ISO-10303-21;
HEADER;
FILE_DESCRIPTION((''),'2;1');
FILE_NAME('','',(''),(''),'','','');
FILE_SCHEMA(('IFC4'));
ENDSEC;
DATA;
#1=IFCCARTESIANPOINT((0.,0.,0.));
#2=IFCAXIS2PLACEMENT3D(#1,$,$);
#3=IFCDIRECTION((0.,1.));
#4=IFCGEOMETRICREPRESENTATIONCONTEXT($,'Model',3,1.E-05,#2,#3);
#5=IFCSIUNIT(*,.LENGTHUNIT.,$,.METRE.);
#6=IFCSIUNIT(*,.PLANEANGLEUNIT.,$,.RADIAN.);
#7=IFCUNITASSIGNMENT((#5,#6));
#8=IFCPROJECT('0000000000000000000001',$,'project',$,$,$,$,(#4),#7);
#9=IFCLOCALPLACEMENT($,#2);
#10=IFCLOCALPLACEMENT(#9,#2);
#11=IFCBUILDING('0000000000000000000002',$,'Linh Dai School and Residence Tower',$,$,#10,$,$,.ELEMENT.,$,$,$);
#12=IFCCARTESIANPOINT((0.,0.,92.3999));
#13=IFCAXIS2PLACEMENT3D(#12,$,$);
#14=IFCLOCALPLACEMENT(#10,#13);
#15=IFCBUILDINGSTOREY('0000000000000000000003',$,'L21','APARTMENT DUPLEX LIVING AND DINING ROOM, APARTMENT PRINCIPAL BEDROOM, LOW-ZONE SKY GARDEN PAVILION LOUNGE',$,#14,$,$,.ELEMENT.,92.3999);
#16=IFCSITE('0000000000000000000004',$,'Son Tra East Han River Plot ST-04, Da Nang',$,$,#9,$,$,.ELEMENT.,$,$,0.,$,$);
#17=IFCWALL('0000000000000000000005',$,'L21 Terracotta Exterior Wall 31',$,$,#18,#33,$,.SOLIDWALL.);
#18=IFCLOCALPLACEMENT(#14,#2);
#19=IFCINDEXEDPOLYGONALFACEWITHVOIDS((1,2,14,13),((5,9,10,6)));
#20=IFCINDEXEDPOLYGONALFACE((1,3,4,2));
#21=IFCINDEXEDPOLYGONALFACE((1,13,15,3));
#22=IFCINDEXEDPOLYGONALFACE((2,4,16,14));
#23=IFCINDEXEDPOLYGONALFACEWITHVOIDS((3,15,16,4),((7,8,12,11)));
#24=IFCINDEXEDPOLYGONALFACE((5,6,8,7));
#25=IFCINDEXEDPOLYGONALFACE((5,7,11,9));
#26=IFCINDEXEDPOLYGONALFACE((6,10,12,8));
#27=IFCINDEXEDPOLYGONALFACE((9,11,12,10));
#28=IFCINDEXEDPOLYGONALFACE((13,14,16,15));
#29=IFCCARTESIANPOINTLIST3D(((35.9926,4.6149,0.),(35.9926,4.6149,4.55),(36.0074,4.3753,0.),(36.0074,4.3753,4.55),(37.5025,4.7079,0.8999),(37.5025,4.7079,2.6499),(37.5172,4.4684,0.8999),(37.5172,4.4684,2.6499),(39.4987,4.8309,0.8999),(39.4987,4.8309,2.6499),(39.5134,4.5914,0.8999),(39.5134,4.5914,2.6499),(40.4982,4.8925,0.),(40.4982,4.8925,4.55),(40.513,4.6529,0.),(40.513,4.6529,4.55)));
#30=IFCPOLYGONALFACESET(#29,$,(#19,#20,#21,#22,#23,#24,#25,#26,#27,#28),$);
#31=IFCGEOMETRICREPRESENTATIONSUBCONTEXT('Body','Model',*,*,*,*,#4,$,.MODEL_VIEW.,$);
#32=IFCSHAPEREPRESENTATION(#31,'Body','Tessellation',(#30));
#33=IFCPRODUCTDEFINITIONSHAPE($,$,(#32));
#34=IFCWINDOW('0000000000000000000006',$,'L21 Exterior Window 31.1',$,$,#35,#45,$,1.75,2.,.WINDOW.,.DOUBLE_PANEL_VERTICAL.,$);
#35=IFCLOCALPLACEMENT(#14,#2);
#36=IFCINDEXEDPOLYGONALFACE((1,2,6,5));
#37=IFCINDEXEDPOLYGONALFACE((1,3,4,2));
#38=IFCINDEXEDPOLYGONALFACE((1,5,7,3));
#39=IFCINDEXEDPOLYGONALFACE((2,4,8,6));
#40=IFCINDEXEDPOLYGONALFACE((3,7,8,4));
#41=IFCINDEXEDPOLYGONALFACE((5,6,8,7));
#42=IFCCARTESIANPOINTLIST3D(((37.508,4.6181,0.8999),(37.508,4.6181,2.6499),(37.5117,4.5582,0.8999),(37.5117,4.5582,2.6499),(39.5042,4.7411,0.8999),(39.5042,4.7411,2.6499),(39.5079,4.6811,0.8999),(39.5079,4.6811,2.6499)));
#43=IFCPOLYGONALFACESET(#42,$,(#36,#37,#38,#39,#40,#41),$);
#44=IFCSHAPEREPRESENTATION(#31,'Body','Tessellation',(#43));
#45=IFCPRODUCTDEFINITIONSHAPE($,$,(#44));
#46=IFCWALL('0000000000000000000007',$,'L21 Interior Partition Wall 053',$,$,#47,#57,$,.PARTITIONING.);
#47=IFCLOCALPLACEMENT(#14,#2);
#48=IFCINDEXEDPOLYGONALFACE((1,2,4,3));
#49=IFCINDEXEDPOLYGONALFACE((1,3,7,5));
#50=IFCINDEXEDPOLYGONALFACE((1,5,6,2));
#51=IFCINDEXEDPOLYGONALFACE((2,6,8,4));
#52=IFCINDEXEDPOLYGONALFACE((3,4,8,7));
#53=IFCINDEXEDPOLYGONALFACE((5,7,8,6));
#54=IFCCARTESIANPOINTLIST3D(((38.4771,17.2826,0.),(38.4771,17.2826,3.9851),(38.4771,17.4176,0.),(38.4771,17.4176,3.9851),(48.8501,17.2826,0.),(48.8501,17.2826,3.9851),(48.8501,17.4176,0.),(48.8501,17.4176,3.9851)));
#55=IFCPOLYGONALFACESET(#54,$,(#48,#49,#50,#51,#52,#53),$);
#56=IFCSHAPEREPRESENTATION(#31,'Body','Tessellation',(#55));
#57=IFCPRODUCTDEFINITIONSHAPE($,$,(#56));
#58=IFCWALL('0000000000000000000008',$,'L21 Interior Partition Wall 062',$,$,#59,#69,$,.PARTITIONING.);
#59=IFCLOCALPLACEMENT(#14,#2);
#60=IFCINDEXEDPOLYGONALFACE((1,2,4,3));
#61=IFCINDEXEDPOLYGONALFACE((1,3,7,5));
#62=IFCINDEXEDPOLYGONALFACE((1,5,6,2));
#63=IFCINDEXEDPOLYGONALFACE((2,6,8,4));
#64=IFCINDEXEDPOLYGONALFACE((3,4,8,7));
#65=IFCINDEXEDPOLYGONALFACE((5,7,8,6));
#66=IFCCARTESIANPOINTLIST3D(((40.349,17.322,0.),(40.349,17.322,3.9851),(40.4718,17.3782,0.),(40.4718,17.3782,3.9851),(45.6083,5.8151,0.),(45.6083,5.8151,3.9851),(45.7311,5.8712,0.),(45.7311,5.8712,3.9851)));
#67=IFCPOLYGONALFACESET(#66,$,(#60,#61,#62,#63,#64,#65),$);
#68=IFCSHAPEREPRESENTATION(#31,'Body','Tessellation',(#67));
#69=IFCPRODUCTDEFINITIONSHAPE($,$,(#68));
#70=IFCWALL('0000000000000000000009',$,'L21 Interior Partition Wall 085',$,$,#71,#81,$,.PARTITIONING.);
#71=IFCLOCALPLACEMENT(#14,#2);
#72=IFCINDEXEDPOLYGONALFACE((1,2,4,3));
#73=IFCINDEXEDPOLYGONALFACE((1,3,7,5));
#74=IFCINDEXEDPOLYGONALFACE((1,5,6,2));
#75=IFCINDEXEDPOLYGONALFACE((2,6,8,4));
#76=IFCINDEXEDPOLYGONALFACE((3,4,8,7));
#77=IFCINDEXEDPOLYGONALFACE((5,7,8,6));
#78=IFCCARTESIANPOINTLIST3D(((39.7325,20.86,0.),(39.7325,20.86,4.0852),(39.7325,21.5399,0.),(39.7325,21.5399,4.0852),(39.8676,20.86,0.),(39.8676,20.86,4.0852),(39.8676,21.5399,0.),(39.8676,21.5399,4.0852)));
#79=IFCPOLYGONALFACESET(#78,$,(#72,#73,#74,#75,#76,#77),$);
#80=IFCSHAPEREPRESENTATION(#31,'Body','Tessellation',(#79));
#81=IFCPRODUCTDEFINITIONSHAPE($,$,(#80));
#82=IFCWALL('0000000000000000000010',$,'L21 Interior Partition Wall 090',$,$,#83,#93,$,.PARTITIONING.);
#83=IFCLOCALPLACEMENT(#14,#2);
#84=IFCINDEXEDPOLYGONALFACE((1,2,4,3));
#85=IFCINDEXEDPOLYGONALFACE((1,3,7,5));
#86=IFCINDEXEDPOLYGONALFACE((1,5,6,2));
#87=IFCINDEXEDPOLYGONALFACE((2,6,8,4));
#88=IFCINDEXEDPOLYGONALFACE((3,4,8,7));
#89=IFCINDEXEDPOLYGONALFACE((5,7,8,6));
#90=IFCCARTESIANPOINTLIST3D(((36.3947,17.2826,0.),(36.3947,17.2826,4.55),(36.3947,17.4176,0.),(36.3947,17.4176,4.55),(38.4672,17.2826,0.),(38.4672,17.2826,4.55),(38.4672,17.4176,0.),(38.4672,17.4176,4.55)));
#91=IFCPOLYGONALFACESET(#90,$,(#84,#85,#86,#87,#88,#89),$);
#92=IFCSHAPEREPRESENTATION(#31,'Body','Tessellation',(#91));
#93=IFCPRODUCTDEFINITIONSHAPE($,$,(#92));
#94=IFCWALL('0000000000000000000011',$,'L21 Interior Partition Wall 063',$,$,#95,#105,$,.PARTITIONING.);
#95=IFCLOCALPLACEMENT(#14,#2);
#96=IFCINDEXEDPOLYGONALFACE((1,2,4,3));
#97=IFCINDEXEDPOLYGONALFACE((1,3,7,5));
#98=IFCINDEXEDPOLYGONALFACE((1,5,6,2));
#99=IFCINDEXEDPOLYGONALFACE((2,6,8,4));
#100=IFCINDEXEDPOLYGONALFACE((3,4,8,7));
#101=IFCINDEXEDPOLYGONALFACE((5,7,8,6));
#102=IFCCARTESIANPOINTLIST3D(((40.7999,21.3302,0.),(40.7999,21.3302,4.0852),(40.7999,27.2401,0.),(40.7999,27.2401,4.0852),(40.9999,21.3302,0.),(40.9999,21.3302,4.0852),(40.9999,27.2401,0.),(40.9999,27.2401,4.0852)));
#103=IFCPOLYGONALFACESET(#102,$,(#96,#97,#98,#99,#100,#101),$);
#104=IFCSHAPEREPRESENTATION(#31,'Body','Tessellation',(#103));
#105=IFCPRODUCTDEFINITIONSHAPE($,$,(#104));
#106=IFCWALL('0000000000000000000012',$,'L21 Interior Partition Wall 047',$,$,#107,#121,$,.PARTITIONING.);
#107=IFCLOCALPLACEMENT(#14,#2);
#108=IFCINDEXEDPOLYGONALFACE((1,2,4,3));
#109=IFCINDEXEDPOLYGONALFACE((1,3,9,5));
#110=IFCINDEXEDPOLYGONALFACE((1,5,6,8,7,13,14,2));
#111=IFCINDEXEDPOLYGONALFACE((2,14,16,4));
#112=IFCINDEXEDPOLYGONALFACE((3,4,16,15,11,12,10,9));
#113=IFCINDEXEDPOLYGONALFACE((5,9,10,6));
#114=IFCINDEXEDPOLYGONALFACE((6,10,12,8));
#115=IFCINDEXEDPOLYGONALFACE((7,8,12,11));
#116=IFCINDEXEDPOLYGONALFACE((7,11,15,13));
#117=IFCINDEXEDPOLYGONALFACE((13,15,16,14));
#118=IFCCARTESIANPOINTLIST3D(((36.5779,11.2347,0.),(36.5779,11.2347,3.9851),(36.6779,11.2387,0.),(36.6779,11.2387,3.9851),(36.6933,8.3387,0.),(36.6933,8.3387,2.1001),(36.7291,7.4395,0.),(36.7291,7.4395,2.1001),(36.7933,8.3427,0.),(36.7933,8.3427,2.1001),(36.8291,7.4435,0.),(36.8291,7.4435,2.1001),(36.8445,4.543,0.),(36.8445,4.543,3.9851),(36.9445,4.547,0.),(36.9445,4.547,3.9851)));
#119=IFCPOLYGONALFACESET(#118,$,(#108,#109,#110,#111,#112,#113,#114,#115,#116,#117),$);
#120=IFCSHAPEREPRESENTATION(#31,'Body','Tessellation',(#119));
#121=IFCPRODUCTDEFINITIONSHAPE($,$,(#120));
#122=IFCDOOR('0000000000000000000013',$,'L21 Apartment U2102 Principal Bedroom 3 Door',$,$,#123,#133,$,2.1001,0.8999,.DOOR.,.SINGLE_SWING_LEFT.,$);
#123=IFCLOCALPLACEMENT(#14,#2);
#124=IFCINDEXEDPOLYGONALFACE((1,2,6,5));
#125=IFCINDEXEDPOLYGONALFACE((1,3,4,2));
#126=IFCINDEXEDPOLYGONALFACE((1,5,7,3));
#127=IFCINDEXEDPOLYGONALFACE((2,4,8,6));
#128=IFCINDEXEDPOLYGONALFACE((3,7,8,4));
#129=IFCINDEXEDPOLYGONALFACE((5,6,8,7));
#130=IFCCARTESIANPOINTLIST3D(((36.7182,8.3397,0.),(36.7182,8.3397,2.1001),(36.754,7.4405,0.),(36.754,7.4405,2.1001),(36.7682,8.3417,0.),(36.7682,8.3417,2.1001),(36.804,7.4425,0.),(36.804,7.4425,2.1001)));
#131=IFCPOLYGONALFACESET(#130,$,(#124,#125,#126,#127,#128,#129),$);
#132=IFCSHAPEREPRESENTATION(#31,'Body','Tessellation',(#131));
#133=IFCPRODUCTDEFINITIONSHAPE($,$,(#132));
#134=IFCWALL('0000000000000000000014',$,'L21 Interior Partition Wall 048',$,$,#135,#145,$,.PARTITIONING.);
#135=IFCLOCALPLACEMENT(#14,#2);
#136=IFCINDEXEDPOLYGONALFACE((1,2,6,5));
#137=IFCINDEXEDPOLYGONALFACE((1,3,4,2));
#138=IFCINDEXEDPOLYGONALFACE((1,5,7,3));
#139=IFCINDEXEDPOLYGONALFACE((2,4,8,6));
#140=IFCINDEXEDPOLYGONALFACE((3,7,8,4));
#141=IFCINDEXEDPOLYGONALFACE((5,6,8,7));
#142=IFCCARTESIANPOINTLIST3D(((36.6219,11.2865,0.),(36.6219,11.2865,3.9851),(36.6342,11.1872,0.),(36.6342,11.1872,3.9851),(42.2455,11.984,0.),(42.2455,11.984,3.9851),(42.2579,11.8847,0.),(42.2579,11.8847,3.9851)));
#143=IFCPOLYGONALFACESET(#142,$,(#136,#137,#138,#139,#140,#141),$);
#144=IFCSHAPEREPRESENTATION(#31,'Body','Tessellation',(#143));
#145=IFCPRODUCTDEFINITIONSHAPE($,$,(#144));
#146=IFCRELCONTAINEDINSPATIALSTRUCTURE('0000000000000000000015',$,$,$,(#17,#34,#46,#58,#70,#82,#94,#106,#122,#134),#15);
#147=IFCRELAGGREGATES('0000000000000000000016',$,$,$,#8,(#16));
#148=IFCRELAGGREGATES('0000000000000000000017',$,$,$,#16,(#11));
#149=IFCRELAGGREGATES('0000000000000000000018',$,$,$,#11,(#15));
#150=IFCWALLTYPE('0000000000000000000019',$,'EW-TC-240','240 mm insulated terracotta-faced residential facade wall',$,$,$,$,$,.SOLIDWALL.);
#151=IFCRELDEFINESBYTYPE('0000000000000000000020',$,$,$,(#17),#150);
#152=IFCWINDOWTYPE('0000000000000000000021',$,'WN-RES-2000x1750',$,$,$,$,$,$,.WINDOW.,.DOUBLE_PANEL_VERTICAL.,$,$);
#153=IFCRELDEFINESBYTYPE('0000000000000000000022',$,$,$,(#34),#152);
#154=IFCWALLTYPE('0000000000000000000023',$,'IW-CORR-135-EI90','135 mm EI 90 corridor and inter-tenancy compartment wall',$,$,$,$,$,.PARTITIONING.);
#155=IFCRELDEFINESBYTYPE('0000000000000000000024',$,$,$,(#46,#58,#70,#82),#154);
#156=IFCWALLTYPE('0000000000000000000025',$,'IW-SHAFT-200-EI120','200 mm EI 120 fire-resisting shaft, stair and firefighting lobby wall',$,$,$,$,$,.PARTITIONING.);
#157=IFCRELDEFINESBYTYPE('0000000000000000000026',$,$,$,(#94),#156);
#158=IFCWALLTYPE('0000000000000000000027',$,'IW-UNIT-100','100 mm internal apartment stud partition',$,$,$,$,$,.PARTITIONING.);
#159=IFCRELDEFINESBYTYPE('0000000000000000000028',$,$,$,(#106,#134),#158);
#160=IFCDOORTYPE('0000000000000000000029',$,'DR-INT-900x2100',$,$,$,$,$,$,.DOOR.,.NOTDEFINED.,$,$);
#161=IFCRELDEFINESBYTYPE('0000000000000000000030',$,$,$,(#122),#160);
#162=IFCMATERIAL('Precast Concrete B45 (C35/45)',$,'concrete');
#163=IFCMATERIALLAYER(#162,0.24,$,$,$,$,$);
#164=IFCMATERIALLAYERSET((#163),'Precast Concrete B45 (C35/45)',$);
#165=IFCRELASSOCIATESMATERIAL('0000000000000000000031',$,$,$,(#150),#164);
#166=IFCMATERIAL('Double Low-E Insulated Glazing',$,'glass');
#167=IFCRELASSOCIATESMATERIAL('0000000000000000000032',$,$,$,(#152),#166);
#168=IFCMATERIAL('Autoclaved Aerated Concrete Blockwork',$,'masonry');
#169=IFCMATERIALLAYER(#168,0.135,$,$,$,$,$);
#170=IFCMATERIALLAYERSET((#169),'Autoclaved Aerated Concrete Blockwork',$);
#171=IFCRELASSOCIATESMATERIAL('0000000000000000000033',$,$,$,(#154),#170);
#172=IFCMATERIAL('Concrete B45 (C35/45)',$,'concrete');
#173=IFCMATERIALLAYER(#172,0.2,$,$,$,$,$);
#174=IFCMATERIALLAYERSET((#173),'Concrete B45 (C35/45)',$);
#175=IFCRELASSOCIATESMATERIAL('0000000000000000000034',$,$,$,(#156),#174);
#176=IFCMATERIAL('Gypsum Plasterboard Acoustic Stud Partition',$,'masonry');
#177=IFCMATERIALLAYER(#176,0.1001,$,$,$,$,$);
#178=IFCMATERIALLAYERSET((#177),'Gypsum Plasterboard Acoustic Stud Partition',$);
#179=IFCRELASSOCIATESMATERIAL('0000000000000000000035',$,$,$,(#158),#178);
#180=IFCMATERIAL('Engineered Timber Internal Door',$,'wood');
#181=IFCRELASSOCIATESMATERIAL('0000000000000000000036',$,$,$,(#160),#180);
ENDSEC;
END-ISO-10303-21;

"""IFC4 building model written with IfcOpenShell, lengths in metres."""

from ifc_helpers import new_model, si_unit, direction, frame, frame_2d, origin, origin_2d, place, context, subcontext, project, spatial, rectangle, extrude, source, transform, mapped, material, layer, layer_set, type_object, element, fill, save


model = new_model("IFC4")

# Units and contexts
model_context = context("Model", 3, precision=1e-05, world=origin(), true_north=direction((0.0, 1.0)))
body_context = subcontext(model_context, "Body", "Model", "MODEL_VIEW")
ifc_project = project(units=[si_unit("LENGTHUNIT", "METRE"), si_unit("PLANEANGLEUNIT", "RADIAN")], contexts=[model_context])

# Site, building, storey
site_placement = place(None, origin())
site = spatial("IfcSite", under=ifc_project, at=site_placement, Name="Son Tra East Han River Plot ST-04, Da Nang", CompositionType="ELEMENT", RefElevation=0.0)
building_placement = place(site_placement, origin())
building = spatial("IfcBuilding", under=site, at=building_placement, Name="Linh Dai School and Residence Tower", CompositionType="ELEMENT")
storey_placement = place(building_placement, frame((0.0, 0.0, 92.3999)))
storey = spatial("IfcBuildingStorey", under=building, at=storey_placement, Name="L21", Description="APARTMENT DUPLEX LIVING AND DINING ROOM, APARTMENT PRINCIPAL BEDROOM, LOW-ZONE SKY GARDEN PAVILION LOUNGE", CompositionType="ELEMENT", Elevation=92.3999)

# Wall, opening, window
ifc_material_1 = material(Name="Precast Concrete B45 (C35/45)", Category="concrete")
ifc_layer_1 = layer(ifc_material_1, 0.24)
ifc_layer_set_1 = layer_set([ifc_layer_1], Name="Precast Concrete B45 (C35/45)")
wall_type_1 = type_object("IfcWallType", Name="EW-TC-240", Description="240 mm insulated terracotta-faced residential facade wall", PredefinedType="SOLIDWALL", material=ifc_layer_set_1)
ifc_material_2 = material(Name="Double Low-E Insulated Glazing", Category="glass")
window_type = type_object("IfcWindowType", Name="WN-RES-2000x1750", PartitioningType="DOUBLE_PANEL_VERTICAL", PredefinedType="WINDOW", material=ifc_material_2)
shared_shape_1 = source(origin(), body_context, "Body", "SweptSolid", [
    extrude(rectangle(XDim=2.0, YDim=1.75, at=origin_2d()), frame((1.0, 0.03, 0.875), z_axis=(0.0, -1.0, 0.0), x_axis=(1.0, 0.0, 0.0)), (0.0, 0.0, 1.0), 0.0601),
])
wall_1_placement = place(storey_placement, frame((40.5056, 4.7727, 0.0), z_axis=(0.0, 0.0, 1.0), x_axis=(-0.998108, -0.061493, 0.0)))
wall_1 = element("IfcWall", 1, at=wall_1_placement, inside=storey, type_object=wall_type_1, Name="L21 Terracotta Exterior Wall 31", PredefinedType="SOLIDWALL", context=body_context, shape_type="SweptSolid", body=[
    extrude(rectangle(XDim=4.5142, YDim=0.24, at=frame_2d((2.2571, 0.0))), origin(), (0.0, 0.0, 1.0), 4.55),
])
opening_1_placement = place(wall_1_placement, frame((1.0015, 0.0, 0.8999)))
opening_1 = element("IfcOpeningElement", 2, at=opening_1_placement, cuts=wall_1, PredefinedType="OPENING", context=body_context, shape_type="SweptSolid", body=[
    extrude(rectangle(XDim=2.0, YDim=1.75, at=origin_2d()), frame((1.0, 0.1299, 0.875), z_axis=(0.0, -1.0, 0.0), x_axis=(1.0, 0.0, 0.0)), (0.0, 0.0, 1.0), 0.26),
])
window_1_placement = place(opening_1_placement, origin())
window_1 = element("IfcWindow", 3, at=window_1_placement, inside=storey, type_object=window_type, Name="L21 Exterior Window 31.1", OverallHeight=1.75, OverallWidth=2.0, PartitioningType="DOUBLE_PANEL_VERTICAL", PredefinedType="WINDOW", context=body_context, shape_type="MappedRepresentation", body=[
    mapped(shared_shape_1, transform((0.0, 0.0, 0.0), x_axis=(1.0, 0.0, 0.0), y_axis=(0.0, 1.0, 0.0), z_axis=(0.0, 0.0, 1.0), scale=1.0)),
])
fill(opening_1, window_1)

# Walls
ifc_material_3 = material(Name="Autoclaved Aerated Concrete Blockwork", Category="masonry")
ifc_layer_2 = layer(ifc_material_3, 0.135)
ifc_layer_set_2 = layer_set([ifc_layer_2], Name="Autoclaved Aerated Concrete Blockwork")
wall_type_2 = type_object("IfcWallType", Name="IW-CORR-135-EI90", Description="135 mm EI 90 corridor and inter-tenancy compartment wall", PredefinedType="PARTITIONING", material=ifc_layer_set_2)
wall_2_placement = place(storey_placement, frame((38.4771, 17.3501, 0.0), z_axis=(0.0, 0.0, 1.0), x_axis=(1.0, 0.0, 0.0)))
element("IfcWall", 4, at=wall_2_placement, inside=storey, type_object=wall_type_2, Name="L21 Interior Partition Wall 053", PredefinedType="PARTITIONING", context=body_context, shape_type="SweptSolid", body=[
    extrude(rectangle(XDim=10.373, YDim=0.135, at=frame_2d((5.1865, 0.0))), origin(), (0.0, 0.0, 1.0), 3.9851),
])
wall_3_placement = place(storey_placement, frame((40.4104, 17.3501, 0.0), z_axis=(0.0, 0.0, 1.0), x_axis=(0.415695, -0.909504, 0.0)))
element("IfcWall", 5, at=wall_3_placement, inside=storey, type_object=wall_type_2, Name="L21 Interior Partition Wall 062", PredefinedType="PARTITIONING", context=body_context, shape_type="SweptSolid", body=[
    extrude(rectangle(XDim=12.6519, YDim=0.135, at=frame_2d((6.3259, 0.0))), origin(), (0.0, 0.0, 1.0), 3.9851),
])
wall_4_placement = place(storey_placement, frame((39.8, 20.8601, 0.0), z_axis=(0.0, 0.0, 1.0), x_axis=(0.0, 1.0, 0.0)))
element("IfcWall", 6, at=wall_4_placement, inside=storey, type_object=wall_type_2, Name="L21 Interior Partition Wall 085", PredefinedType="PARTITIONING", context=body_context, shape_type="SweptSolid", body=[
    extrude(rectangle(XDim=0.6799, YDim=0.135, at=frame_2d((0.3398, 0.0))), origin(), (0.0, 0.0, 1.0), 4.0852),
])
wall_5_placement = place(storey_placement, frame((38.467, 17.3501, 0.0), z_axis=(0.0, 0.0, 1.0), x_axis=(-1.0, 0.0, 0.0)))
element("IfcWall", 7, at=wall_5_placement, inside=storey, type_object=wall_type_2, Name="L21 Interior Partition Wall 090", PredefinedType="PARTITIONING", context=body_context, shape_type="SweptSolid", body=[
    extrude(rectangle(XDim=2.0725, YDim=0.135, at=frame_2d((1.0361, 0.0))), origin(), (0.0, 0.0, 1.0), 4.55),
])
ifc_material_4 = material(Name="Concrete B45 (C35/45)", Category="concrete")
ifc_layer_3 = layer(ifc_material_4, 0.2)
ifc_layer_set_3 = layer_set([ifc_layer_3], Name="Concrete B45 (C35/45)")
wall_type_3 = type_object("IfcWallType", Name="IW-SHAFT-200-EI120", Description="200 mm EI 120 fire-resisting shaft, stair and firefighting lobby wall", PredefinedType="PARTITIONING", material=ifc_layer_set_3)
wall_6_placement = place(storey_placement, frame((40.8999, 21.3301, 0.0), z_axis=(0.0, 0.0, 1.0), x_axis=(0.0, 1.0, 0.0)))
element("IfcWall", 8, at=wall_6_placement, inside=storey, type_object=wall_type_3, Name="L21 Interior Partition Wall 063", PredefinedType="PARTITIONING", context=body_context, shape_type="SweptSolid", body=[
    extrude(rectangle(XDim=5.9099, YDim=0.2, at=frame_2d((2.9551, 0.0))), origin(), (0.0, 0.0, 1.0), 4.0852),
])

# Wall, opening, door
ifc_material_5 = material(Name="Gypsum Plasterboard Acoustic Stud Partition", Category="masonry")
ifc_layer_4 = layer(ifc_material_5, 0.1001)
ifc_layer_set_4 = layer_set([ifc_layer_4], Name="Gypsum Plasterboard Acoustic Stud Partition")
wall_type_4 = type_object("IfcWallType", Name="IW-UNIT-100", Description="100 mm internal apartment stud partition", PredefinedType="PARTITIONING", material=ifc_layer_set_4)
wall_7_placement = place(storey_placement, frame((36.6279, 11.2368, 0.0), z_axis=(0.0, 0.0, 1.0), x_axis=(0.039809, -0.999207, 0.0)))
wall_7 = element("IfcWall", 9, at=wall_7_placement, inside=storey, type_object=wall_type_4, Name="L21 Interior Partition Wall 047", PredefinedType="PARTITIONING", context=body_context, shape_type="SweptSolid", body=[
    extrude(rectangle(XDim=6.697, YDim=0.1001, at=frame_2d((3.3486, 0.0))), origin(), (0.0, 0.0, 1.0), 3.9851),
])
opening_2_placement = place(wall_7_placement, frame((2.8984, 0.0, 0.0)))
opening_2 = element("IfcOpeningElement", 10, at=opening_2_placement, cuts=wall_7, PredefinedType="OPENING", context=body_context, shape_type="SweptSolid", body=[
    extrude(rectangle(XDim=0.8999, YDim=2.1001, at=origin_2d()), frame((0.45, 0.0601, 1.05), z_axis=(0.0, -1.0, 0.0), x_axis=(1.0, 0.0, 0.0)), (0.0, 0.0, 1.0), 0.1201),
])
ifc_material_6 = material(Name="Engineered Timber Internal Door", Category="wood")
door_type_1 = type_object("IfcDoorType", Name="DR-INT-900x2100", OperationType="NOTDEFINED", PredefinedType="DOOR", material=ifc_material_6)
shared_shape_2 = source(origin(), body_context, "Body", "SweptSolid", [
    extrude(rectangle(XDim=0.8999, YDim=2.1001, at=origin_2d()), frame((0.45, 0.0249, 1.05), z_axis=(0.0, -1.0, 0.0), x_axis=(1.0, 0.0, 0.0)), (0.0, 0.0, 1.0), 0.05),
])
door_1_placement = place(opening_2_placement, origin())
door_1 = element("IfcDoor", 11, at=door_1_placement, inside=storey, type_object=door_type_1, Name="L21 Apartment U2102 Principal Bedroom 3 Door", OperationType="SINGLE_SWING_LEFT", OverallHeight=2.1001, OverallWidth=0.8999, PredefinedType="DOOR", context=body_context, shape_type="MappedRepresentation", body=[
    mapped(shared_shape_2, transform((0.0, 0.0, 0.0), x_axis=(1.0, 0.0, 0.0), y_axis=(0.0, 1.0, 0.0), z_axis=(0.0, 0.0, 1.0), scale=1.0)),
])
fill(opening_2, door_1)

# Wall
wall_8_placement = place(storey_placement, frame((36.6279, 11.2368, 0.0), z_axis=(0.0, 0.0, 1.0), x_axis=(0.992395, 0.123091, 0.0)))
element("IfcWall", 12, at=wall_8_placement, inside=storey, type_object=wall_type_4, Name="L21 Interior Partition Wall 048", PredefinedType="PARTITIONING", context=body_context, shape_type="SweptSolid", body=[
    extrude(rectangle(XDim=5.6667, YDim=0.1001, at=frame_2d((2.8335, 0.0))), origin(), (0.0, 0.0, 1.0), 3.9851),
])

save(model, "model.ifc")
